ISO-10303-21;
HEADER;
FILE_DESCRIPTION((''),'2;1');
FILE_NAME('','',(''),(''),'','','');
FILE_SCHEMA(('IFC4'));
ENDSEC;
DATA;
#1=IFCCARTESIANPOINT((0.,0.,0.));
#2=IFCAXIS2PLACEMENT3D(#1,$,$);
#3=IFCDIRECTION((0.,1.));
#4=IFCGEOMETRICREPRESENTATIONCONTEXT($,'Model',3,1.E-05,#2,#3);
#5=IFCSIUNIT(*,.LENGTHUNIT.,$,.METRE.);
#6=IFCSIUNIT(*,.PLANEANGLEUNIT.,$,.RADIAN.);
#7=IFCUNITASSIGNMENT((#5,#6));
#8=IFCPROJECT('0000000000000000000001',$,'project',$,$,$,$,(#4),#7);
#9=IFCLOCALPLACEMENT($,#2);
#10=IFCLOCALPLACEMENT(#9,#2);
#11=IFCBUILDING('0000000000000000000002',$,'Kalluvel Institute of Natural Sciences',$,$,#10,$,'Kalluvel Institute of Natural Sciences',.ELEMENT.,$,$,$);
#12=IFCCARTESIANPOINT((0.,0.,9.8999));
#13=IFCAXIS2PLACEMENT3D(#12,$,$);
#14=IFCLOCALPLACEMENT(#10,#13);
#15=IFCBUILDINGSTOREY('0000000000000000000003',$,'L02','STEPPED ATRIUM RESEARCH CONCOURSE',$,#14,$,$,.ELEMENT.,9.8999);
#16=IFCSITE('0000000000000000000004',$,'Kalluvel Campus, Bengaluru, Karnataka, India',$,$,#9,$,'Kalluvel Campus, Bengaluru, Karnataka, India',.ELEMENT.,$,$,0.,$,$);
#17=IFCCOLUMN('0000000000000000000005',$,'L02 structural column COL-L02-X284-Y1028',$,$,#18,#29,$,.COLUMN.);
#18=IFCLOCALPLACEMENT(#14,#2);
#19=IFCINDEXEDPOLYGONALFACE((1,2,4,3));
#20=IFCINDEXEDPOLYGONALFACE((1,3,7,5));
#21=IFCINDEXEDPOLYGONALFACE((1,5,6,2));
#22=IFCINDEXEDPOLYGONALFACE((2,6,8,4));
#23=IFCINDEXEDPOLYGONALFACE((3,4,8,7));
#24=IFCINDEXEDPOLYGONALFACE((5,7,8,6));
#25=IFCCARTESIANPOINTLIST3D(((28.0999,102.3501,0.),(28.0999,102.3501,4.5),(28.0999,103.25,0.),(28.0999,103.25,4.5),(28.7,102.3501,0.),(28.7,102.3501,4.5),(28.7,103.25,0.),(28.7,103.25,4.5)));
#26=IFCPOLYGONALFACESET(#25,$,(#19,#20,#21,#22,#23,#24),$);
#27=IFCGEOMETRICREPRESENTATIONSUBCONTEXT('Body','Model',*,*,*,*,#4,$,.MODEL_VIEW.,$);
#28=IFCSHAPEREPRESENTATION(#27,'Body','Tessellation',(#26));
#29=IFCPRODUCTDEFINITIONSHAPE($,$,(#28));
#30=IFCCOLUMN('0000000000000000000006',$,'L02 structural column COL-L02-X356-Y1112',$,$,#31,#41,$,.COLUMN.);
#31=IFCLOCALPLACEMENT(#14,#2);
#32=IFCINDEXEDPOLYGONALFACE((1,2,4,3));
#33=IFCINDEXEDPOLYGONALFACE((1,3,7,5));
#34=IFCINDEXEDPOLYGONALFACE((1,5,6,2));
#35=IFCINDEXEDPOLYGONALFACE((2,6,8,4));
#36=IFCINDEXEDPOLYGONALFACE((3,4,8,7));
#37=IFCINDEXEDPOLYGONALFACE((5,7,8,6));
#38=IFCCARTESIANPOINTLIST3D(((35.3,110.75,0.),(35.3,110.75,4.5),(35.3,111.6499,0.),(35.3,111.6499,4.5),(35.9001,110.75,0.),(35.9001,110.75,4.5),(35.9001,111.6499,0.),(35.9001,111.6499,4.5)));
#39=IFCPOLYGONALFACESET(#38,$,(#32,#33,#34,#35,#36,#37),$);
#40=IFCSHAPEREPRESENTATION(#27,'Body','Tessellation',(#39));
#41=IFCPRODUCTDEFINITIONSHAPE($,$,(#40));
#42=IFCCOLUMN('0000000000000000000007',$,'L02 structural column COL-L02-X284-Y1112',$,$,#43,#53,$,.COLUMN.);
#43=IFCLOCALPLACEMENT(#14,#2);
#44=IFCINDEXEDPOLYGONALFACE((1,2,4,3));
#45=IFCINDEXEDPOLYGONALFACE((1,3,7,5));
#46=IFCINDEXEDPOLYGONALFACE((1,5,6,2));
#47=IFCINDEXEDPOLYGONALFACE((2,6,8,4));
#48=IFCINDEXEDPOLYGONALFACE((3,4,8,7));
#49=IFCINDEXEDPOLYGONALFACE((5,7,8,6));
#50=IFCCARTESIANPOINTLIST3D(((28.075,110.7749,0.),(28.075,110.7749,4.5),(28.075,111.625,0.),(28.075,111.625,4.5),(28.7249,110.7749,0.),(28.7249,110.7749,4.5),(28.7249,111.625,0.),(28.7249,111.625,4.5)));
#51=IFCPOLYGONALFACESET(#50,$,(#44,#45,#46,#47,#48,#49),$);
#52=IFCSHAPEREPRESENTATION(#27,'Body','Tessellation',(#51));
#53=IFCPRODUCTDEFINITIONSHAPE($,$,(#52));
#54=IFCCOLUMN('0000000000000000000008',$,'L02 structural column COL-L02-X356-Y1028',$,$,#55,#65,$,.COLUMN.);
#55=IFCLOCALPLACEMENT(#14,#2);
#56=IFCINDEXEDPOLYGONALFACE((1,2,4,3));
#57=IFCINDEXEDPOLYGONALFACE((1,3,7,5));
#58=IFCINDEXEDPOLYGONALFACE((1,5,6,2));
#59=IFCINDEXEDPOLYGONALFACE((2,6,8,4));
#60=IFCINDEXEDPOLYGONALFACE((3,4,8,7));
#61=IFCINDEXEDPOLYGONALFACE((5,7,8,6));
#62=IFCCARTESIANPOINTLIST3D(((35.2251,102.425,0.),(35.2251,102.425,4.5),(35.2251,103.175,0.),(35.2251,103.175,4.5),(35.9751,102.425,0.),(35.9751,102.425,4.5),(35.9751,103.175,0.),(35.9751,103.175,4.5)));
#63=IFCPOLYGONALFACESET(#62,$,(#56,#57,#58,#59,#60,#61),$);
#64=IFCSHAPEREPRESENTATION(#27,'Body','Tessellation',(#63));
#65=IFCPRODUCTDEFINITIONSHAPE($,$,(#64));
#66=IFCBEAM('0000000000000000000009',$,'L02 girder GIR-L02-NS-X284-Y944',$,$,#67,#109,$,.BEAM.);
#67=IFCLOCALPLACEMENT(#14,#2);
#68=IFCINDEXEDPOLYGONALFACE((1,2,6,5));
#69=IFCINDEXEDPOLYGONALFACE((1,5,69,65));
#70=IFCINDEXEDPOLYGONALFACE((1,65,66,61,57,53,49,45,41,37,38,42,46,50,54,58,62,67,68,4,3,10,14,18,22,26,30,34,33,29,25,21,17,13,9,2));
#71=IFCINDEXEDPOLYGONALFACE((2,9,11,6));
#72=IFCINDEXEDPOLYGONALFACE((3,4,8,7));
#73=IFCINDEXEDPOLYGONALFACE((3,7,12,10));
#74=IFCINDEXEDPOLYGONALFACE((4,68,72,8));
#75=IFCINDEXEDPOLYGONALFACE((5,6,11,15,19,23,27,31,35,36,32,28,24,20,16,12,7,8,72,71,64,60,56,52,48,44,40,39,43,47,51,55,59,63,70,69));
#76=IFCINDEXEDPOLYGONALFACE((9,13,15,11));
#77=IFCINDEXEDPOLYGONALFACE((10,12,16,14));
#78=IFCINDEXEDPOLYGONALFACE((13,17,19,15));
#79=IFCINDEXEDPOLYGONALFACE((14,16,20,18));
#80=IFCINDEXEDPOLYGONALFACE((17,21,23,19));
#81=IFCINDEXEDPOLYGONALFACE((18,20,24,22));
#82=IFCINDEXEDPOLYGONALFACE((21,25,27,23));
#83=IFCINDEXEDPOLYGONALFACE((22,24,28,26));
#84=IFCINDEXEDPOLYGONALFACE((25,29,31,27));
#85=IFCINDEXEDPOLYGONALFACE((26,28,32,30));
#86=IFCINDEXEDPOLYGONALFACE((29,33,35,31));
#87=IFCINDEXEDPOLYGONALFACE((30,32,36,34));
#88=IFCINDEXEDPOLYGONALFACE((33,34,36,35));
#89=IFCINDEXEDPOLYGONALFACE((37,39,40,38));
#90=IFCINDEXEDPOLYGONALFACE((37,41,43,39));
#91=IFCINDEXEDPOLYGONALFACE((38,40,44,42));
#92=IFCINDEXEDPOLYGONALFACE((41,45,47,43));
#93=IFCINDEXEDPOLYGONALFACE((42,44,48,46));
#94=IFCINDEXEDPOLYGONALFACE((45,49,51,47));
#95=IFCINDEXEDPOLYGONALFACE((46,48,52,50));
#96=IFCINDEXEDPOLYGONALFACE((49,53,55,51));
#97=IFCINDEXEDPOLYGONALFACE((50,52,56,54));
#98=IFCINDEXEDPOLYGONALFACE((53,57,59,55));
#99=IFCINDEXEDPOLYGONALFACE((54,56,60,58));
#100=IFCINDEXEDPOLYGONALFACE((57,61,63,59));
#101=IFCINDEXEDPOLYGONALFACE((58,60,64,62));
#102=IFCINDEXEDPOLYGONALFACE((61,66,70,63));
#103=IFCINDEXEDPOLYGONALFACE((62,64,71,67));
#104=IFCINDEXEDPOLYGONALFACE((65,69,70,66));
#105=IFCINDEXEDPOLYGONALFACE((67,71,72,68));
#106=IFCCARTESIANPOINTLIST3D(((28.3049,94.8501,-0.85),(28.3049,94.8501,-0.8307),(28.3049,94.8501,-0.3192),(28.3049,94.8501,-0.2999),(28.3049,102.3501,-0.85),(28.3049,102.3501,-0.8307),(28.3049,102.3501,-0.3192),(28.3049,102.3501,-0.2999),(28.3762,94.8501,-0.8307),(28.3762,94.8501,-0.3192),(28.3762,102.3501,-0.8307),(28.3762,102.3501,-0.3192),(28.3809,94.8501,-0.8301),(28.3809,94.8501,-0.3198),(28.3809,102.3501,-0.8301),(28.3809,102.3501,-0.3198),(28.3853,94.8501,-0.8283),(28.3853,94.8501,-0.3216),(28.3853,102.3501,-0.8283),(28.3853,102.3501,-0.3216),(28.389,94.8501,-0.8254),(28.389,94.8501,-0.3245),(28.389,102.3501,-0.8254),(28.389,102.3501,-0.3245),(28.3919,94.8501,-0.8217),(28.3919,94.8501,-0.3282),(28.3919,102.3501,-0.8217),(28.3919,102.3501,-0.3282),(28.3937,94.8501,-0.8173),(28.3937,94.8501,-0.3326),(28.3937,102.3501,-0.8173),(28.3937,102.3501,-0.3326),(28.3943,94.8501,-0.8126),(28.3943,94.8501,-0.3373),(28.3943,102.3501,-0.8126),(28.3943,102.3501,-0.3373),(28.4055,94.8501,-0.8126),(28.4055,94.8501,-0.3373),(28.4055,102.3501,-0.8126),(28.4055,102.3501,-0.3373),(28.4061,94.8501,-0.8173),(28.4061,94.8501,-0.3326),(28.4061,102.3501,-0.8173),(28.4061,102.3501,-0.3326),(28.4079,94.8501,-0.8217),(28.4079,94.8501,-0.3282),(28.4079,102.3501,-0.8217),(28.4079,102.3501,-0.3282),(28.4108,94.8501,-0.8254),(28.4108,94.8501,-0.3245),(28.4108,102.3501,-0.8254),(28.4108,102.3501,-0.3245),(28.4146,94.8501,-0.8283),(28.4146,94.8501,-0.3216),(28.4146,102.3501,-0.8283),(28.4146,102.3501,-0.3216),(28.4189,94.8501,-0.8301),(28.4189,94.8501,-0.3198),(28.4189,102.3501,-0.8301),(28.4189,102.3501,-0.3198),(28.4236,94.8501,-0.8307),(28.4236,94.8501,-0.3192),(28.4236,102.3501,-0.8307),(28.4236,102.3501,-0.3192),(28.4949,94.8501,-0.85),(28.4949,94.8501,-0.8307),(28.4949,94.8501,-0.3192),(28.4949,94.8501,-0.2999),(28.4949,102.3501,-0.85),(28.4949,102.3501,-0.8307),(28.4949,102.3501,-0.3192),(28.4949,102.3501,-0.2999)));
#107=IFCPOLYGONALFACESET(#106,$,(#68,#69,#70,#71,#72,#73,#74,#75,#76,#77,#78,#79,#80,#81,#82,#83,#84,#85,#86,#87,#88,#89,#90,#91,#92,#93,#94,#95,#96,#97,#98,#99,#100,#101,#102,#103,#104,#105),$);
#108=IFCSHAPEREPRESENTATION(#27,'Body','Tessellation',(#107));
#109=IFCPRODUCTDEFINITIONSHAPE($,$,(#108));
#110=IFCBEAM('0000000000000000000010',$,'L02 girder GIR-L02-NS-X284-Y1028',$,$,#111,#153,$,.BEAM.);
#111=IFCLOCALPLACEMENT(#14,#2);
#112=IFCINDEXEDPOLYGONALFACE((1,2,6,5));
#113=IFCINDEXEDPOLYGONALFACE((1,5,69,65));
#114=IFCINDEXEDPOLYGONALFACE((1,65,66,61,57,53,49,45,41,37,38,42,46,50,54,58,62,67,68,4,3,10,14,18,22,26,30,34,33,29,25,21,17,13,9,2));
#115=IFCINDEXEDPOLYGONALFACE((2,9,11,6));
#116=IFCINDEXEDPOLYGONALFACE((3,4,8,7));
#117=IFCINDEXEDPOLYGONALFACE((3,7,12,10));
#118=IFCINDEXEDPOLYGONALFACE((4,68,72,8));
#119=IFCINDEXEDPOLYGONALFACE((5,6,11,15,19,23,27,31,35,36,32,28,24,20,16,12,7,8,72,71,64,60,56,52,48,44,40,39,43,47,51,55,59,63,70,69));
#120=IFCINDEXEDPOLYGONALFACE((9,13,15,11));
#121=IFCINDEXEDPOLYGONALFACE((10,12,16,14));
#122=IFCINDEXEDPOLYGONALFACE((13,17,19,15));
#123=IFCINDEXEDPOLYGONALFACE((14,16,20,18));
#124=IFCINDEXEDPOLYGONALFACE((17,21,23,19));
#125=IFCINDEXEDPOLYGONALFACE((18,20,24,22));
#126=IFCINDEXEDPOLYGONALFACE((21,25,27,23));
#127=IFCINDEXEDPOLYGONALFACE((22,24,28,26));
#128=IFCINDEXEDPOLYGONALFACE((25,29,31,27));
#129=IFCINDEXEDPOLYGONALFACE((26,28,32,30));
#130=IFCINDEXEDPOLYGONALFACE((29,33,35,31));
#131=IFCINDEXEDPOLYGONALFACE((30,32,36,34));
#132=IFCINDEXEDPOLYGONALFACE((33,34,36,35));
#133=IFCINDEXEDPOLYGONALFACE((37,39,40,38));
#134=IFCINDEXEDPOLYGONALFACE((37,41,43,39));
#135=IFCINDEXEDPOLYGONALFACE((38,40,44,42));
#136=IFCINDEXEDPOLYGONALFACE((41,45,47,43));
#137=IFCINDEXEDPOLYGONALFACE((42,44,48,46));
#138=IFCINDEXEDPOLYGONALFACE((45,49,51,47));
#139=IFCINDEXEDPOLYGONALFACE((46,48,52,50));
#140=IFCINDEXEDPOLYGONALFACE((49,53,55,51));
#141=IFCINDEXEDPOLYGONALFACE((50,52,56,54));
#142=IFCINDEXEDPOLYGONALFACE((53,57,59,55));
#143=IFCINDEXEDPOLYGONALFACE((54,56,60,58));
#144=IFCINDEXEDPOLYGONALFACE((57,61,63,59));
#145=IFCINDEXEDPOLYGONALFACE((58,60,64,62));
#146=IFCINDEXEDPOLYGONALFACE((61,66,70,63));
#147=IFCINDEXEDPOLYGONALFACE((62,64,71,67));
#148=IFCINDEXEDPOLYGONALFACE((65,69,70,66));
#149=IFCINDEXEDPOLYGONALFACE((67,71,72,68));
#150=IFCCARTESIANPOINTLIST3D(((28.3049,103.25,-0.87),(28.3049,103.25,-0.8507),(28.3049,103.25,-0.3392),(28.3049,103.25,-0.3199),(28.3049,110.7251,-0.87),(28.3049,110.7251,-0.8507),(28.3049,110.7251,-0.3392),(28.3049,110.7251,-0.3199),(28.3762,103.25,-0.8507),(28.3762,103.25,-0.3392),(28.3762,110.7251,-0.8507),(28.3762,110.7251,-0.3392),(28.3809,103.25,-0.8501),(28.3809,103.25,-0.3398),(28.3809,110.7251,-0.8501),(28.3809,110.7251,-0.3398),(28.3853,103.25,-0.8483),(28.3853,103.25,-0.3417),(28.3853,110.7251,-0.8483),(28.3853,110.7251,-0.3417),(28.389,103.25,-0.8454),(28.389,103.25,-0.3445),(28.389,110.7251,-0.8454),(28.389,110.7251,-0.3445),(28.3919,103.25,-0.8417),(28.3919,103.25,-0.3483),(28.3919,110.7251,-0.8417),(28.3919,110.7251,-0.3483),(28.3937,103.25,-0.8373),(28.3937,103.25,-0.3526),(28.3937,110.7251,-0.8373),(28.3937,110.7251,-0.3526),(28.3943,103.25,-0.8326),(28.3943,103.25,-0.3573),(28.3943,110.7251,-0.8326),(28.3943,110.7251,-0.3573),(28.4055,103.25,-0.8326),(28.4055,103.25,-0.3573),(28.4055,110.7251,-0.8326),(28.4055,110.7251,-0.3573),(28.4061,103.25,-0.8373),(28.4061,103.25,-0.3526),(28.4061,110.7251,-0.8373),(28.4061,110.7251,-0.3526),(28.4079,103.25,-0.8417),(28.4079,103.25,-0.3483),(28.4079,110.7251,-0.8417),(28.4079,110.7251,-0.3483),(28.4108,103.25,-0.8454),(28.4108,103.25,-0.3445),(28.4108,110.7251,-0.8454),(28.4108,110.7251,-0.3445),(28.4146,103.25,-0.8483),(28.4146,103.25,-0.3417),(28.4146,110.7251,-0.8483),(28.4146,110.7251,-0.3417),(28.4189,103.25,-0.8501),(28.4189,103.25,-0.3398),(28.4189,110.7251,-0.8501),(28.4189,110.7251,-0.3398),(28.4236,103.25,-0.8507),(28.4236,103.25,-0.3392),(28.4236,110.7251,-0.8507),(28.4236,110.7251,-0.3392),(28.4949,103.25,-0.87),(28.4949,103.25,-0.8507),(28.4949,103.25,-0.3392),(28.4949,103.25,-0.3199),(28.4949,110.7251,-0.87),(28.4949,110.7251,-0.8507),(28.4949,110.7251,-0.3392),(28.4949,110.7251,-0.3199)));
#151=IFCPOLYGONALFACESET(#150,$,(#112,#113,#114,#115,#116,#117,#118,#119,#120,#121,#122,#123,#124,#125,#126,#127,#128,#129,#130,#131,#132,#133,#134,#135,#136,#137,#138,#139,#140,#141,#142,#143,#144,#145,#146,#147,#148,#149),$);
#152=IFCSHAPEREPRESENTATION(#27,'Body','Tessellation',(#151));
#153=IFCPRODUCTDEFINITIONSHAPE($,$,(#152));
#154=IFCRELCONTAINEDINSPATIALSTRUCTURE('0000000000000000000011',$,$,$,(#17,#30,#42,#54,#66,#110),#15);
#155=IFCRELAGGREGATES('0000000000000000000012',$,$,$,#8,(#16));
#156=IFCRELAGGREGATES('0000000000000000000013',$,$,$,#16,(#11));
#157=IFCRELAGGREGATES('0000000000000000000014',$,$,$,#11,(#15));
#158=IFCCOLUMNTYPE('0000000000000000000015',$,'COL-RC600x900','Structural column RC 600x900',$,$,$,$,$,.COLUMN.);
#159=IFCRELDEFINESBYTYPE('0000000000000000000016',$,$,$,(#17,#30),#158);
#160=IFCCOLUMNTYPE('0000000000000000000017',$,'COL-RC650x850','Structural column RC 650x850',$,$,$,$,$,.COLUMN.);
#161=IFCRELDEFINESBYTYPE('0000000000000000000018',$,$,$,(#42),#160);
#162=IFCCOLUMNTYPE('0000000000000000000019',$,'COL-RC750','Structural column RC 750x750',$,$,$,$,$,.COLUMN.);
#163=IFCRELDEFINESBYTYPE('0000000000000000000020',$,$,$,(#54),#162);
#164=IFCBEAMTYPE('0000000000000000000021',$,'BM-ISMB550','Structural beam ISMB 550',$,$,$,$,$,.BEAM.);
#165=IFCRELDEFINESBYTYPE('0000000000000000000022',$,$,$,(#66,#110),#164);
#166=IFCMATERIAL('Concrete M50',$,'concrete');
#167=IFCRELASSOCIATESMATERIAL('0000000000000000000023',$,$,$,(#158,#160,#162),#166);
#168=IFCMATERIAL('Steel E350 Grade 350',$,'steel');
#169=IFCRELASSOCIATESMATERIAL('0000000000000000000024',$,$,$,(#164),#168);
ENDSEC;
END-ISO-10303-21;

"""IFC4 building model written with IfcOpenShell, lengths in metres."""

from ifc_helpers import new_model, si_unit, direction, frame, origin, origin_2d, place, context, subcontext, project, spatial, rectangle, i_section, extrude, material, material_profile, profile_set, type_object, element, save


model = new_model("IFC4")

# Units and contexts
model_context = context("Model", 3, precision=1e-05, world=origin(), true_north=direction((0.0, 1.0)))
body_context = subcontext(model_context, "Body", "Model", "MODEL_VIEW")
ifc_project = project(units=[si_unit("LENGTHUNIT", "METRE"), si_unit("PLANEANGLEUNIT", "RADIAN")], contexts=[model_context])

# Site, building, storey
site_placement = place(None, origin())
site = spatial("IfcSite", under=ifc_project, at=site_placement, Name="Kalluvel Campus, Bengaluru, Karnataka, India", LongName="Kalluvel Campus, Bengaluru, Karnataka, India", CompositionType="ELEMENT", RefElevation=0.0)
building_placement = place(site_placement, origin())
building = spatial("IfcBuilding", under=site, at=building_placement, Name="Kalluvel Institute of Natural Sciences", LongName="Kalluvel Institute of Natural Sciences", CompositionType="ELEMENT")
storey_placement = place(building_placement, frame((0.0, 0.0, 9.8999)))
storey = spatial("IfcBuildingStorey", under=building, at=storey_placement, Name="L02", Description="STEPPED ATRIUM RESEARCH CONCOURSE", CompositionType="ELEMENT", Elevation=9.8999)

# Columns
ifc_material_1 = material(Name="Concrete M50", Category="concrete")
ifc_material_profile_1 = material_profile(ifc_material_1, rectangle(XDim=0.6001, YDim=0.8999, at=origin_2d()), Name="RC 600x900")
ifc_profile_set_1 = profile_set([ifc_material_profile_1], Name="Concrete M50")
column_type_1 = type_object("IfcColumnType", Name="COL-RC600x900", Description="Structural column RC 600x900", PredefinedType="COLUMN", material=ifc_profile_set_1)
for number, where, z_axis, x_axis, name in (
    (1, (28.3999, 102.8, 0.0), (0.0, 0.0, 1.0), (1.0, 0.0, 0.0), "L02 structural column COL-L02-X284-Y1028"),
    (2, (35.6001, 111.2, 0.0), (0.0, 0.0, 1.0), (1.0, 0.0, 0.0), "L02 structural column COL-L02-X356-Y1112"),
):
    element("IfcColumn", number, at=place(storey_placement, frame(where, z_axis=z_axis, x_axis=x_axis)), inside=storey, type_object=column_type_1, Name=name, PredefinedType="COLUMN", context=body_context, shape_type="SweptSolid", body=[
        extrude(rectangle(XDim=0.6001, YDim=0.8999, at=origin_2d()), origin(), (0.0, 0.0, 1.0), 4.5),
    ])
ifc_material_profile_2 = material_profile(ifc_material_1, rectangle(XDim=0.6499, YDim=0.8501, at=origin_2d()), Name="RC 650x850")
ifc_profile_set_2 = profile_set([ifc_material_profile_2], Name="Concrete M50")
column_type_2 = type_object("IfcColumnType", Name="COL-RC650x850", Description="Structural column RC 650x850", PredefinedType="COLUMN", material=ifc_profile_set_2)
column_1_placement = place(storey_placement, frame((28.3999, 111.2, 0.0), z_axis=(0.0, 0.0, 1.0), x_axis=(1.0, 0.0, 0.0)))
element("IfcColumn", 3, at=column_1_placement, inside=storey, type_object=column_type_2, Name="L02 structural column COL-L02-X284-Y1112", PredefinedType="COLUMN", context=body_context, shape_type="SweptSolid", body=[
    extrude(rectangle(XDim=0.6499, YDim=0.8501, at=origin_2d()), origin(), (0.0, 0.0, 1.0), 4.5),
])
ifc_material_profile_3 = material_profile(ifc_material_1, rectangle(XDim=0.75, YDim=0.75, at=origin_2d()), Name="RC 750x750")
ifc_profile_set_3 = profile_set([ifc_material_profile_3], Name="Concrete M50")
column_type_3 = type_object("IfcColumnType", Name="COL-RC750", Description="Structural column RC 750x750", PredefinedType="COLUMN", material=ifc_profile_set_3)
column_2_placement = place(storey_placement, frame((35.6001, 102.8, 0.0), z_axis=(0.0, 0.0, 1.0), x_axis=(1.0, 0.0, 0.0)))
element("IfcColumn", 4, at=column_2_placement, inside=storey, type_object=column_type_3, Name="L02 structural column COL-L02-X356-Y1028", PredefinedType="COLUMN", context=body_context, shape_type="SweptSolid", body=[
    extrude(rectangle(XDim=0.75, YDim=0.75, at=origin_2d()), origin(), (0.0, 0.0, 1.0), 4.5),
])

# Beams
ifc_material_2 = material(Name="Steel E350 Grade 350", Category="steel")
ifc_material_profile_4 = material_profile(ifc_material_2, i_section(OverallWidth=0.1899, OverallDepth=0.55, WebThickness=0.0112, FlangeThickness=0.0193, FilletRadius=0.0181, at=origin_2d()), Name="ISMB 550")
ifc_profile_set_4 = profile_set([ifc_material_profile_4], Name="Steel E350 Grade 350")
beam_type_1 = type_object("IfcBeamType", Name="BM-ISMB550", Description="Structural beam ISMB 550", PredefinedType="BEAM", material=ifc_profile_set_4)
beam_1_placement = place(storey_placement, frame((28.3999, 94.8501, -0.575), z_axis=(0.0, 1.0, 0.0), x_axis=(-1.0, 0.0, 0.0)))
element("IfcBeam", 5, at=beam_1_placement, inside=storey, type_object=beam_type_1, Name="L02 girder GIR-L02-NS-X284-Y944", PredefinedType="BEAM", context=body_context, shape_type="SweptSolid", body=[
    extrude(i_section(OverallWidth=0.1899, OverallDepth=0.55, WebThickness=0.0112, FlangeThickness=0.0193, FilletRadius=0.0181, at=origin_2d()), origin(), (0.0, 0.0, 1.0), 7.5),
])
beam_2_placement = place(storey_placement, frame((28.3999, 103.25, -0.595), z_axis=(0.0, 1.0, 0.0), x_axis=(-1.0, 0.0, 0.0)))
element("IfcBeam", 6, at=beam_2_placement, inside=storey, type_object=beam_type_1, Name="L02 girder GIR-L02-NS-X284-Y1028", PredefinedType="BEAM", context=body_context, shape_type="SweptSolid", body=[
    extrude(i_section(OverallWidth=0.1899, OverallDepth=0.55, WebThickness=0.0112, FlangeThickness=0.0193, FilletRadius=0.0181, at=origin_2d()), origin(), (0.0, 0.0, 1.0), 7.4751),
])

save(model, "model.ifc")
